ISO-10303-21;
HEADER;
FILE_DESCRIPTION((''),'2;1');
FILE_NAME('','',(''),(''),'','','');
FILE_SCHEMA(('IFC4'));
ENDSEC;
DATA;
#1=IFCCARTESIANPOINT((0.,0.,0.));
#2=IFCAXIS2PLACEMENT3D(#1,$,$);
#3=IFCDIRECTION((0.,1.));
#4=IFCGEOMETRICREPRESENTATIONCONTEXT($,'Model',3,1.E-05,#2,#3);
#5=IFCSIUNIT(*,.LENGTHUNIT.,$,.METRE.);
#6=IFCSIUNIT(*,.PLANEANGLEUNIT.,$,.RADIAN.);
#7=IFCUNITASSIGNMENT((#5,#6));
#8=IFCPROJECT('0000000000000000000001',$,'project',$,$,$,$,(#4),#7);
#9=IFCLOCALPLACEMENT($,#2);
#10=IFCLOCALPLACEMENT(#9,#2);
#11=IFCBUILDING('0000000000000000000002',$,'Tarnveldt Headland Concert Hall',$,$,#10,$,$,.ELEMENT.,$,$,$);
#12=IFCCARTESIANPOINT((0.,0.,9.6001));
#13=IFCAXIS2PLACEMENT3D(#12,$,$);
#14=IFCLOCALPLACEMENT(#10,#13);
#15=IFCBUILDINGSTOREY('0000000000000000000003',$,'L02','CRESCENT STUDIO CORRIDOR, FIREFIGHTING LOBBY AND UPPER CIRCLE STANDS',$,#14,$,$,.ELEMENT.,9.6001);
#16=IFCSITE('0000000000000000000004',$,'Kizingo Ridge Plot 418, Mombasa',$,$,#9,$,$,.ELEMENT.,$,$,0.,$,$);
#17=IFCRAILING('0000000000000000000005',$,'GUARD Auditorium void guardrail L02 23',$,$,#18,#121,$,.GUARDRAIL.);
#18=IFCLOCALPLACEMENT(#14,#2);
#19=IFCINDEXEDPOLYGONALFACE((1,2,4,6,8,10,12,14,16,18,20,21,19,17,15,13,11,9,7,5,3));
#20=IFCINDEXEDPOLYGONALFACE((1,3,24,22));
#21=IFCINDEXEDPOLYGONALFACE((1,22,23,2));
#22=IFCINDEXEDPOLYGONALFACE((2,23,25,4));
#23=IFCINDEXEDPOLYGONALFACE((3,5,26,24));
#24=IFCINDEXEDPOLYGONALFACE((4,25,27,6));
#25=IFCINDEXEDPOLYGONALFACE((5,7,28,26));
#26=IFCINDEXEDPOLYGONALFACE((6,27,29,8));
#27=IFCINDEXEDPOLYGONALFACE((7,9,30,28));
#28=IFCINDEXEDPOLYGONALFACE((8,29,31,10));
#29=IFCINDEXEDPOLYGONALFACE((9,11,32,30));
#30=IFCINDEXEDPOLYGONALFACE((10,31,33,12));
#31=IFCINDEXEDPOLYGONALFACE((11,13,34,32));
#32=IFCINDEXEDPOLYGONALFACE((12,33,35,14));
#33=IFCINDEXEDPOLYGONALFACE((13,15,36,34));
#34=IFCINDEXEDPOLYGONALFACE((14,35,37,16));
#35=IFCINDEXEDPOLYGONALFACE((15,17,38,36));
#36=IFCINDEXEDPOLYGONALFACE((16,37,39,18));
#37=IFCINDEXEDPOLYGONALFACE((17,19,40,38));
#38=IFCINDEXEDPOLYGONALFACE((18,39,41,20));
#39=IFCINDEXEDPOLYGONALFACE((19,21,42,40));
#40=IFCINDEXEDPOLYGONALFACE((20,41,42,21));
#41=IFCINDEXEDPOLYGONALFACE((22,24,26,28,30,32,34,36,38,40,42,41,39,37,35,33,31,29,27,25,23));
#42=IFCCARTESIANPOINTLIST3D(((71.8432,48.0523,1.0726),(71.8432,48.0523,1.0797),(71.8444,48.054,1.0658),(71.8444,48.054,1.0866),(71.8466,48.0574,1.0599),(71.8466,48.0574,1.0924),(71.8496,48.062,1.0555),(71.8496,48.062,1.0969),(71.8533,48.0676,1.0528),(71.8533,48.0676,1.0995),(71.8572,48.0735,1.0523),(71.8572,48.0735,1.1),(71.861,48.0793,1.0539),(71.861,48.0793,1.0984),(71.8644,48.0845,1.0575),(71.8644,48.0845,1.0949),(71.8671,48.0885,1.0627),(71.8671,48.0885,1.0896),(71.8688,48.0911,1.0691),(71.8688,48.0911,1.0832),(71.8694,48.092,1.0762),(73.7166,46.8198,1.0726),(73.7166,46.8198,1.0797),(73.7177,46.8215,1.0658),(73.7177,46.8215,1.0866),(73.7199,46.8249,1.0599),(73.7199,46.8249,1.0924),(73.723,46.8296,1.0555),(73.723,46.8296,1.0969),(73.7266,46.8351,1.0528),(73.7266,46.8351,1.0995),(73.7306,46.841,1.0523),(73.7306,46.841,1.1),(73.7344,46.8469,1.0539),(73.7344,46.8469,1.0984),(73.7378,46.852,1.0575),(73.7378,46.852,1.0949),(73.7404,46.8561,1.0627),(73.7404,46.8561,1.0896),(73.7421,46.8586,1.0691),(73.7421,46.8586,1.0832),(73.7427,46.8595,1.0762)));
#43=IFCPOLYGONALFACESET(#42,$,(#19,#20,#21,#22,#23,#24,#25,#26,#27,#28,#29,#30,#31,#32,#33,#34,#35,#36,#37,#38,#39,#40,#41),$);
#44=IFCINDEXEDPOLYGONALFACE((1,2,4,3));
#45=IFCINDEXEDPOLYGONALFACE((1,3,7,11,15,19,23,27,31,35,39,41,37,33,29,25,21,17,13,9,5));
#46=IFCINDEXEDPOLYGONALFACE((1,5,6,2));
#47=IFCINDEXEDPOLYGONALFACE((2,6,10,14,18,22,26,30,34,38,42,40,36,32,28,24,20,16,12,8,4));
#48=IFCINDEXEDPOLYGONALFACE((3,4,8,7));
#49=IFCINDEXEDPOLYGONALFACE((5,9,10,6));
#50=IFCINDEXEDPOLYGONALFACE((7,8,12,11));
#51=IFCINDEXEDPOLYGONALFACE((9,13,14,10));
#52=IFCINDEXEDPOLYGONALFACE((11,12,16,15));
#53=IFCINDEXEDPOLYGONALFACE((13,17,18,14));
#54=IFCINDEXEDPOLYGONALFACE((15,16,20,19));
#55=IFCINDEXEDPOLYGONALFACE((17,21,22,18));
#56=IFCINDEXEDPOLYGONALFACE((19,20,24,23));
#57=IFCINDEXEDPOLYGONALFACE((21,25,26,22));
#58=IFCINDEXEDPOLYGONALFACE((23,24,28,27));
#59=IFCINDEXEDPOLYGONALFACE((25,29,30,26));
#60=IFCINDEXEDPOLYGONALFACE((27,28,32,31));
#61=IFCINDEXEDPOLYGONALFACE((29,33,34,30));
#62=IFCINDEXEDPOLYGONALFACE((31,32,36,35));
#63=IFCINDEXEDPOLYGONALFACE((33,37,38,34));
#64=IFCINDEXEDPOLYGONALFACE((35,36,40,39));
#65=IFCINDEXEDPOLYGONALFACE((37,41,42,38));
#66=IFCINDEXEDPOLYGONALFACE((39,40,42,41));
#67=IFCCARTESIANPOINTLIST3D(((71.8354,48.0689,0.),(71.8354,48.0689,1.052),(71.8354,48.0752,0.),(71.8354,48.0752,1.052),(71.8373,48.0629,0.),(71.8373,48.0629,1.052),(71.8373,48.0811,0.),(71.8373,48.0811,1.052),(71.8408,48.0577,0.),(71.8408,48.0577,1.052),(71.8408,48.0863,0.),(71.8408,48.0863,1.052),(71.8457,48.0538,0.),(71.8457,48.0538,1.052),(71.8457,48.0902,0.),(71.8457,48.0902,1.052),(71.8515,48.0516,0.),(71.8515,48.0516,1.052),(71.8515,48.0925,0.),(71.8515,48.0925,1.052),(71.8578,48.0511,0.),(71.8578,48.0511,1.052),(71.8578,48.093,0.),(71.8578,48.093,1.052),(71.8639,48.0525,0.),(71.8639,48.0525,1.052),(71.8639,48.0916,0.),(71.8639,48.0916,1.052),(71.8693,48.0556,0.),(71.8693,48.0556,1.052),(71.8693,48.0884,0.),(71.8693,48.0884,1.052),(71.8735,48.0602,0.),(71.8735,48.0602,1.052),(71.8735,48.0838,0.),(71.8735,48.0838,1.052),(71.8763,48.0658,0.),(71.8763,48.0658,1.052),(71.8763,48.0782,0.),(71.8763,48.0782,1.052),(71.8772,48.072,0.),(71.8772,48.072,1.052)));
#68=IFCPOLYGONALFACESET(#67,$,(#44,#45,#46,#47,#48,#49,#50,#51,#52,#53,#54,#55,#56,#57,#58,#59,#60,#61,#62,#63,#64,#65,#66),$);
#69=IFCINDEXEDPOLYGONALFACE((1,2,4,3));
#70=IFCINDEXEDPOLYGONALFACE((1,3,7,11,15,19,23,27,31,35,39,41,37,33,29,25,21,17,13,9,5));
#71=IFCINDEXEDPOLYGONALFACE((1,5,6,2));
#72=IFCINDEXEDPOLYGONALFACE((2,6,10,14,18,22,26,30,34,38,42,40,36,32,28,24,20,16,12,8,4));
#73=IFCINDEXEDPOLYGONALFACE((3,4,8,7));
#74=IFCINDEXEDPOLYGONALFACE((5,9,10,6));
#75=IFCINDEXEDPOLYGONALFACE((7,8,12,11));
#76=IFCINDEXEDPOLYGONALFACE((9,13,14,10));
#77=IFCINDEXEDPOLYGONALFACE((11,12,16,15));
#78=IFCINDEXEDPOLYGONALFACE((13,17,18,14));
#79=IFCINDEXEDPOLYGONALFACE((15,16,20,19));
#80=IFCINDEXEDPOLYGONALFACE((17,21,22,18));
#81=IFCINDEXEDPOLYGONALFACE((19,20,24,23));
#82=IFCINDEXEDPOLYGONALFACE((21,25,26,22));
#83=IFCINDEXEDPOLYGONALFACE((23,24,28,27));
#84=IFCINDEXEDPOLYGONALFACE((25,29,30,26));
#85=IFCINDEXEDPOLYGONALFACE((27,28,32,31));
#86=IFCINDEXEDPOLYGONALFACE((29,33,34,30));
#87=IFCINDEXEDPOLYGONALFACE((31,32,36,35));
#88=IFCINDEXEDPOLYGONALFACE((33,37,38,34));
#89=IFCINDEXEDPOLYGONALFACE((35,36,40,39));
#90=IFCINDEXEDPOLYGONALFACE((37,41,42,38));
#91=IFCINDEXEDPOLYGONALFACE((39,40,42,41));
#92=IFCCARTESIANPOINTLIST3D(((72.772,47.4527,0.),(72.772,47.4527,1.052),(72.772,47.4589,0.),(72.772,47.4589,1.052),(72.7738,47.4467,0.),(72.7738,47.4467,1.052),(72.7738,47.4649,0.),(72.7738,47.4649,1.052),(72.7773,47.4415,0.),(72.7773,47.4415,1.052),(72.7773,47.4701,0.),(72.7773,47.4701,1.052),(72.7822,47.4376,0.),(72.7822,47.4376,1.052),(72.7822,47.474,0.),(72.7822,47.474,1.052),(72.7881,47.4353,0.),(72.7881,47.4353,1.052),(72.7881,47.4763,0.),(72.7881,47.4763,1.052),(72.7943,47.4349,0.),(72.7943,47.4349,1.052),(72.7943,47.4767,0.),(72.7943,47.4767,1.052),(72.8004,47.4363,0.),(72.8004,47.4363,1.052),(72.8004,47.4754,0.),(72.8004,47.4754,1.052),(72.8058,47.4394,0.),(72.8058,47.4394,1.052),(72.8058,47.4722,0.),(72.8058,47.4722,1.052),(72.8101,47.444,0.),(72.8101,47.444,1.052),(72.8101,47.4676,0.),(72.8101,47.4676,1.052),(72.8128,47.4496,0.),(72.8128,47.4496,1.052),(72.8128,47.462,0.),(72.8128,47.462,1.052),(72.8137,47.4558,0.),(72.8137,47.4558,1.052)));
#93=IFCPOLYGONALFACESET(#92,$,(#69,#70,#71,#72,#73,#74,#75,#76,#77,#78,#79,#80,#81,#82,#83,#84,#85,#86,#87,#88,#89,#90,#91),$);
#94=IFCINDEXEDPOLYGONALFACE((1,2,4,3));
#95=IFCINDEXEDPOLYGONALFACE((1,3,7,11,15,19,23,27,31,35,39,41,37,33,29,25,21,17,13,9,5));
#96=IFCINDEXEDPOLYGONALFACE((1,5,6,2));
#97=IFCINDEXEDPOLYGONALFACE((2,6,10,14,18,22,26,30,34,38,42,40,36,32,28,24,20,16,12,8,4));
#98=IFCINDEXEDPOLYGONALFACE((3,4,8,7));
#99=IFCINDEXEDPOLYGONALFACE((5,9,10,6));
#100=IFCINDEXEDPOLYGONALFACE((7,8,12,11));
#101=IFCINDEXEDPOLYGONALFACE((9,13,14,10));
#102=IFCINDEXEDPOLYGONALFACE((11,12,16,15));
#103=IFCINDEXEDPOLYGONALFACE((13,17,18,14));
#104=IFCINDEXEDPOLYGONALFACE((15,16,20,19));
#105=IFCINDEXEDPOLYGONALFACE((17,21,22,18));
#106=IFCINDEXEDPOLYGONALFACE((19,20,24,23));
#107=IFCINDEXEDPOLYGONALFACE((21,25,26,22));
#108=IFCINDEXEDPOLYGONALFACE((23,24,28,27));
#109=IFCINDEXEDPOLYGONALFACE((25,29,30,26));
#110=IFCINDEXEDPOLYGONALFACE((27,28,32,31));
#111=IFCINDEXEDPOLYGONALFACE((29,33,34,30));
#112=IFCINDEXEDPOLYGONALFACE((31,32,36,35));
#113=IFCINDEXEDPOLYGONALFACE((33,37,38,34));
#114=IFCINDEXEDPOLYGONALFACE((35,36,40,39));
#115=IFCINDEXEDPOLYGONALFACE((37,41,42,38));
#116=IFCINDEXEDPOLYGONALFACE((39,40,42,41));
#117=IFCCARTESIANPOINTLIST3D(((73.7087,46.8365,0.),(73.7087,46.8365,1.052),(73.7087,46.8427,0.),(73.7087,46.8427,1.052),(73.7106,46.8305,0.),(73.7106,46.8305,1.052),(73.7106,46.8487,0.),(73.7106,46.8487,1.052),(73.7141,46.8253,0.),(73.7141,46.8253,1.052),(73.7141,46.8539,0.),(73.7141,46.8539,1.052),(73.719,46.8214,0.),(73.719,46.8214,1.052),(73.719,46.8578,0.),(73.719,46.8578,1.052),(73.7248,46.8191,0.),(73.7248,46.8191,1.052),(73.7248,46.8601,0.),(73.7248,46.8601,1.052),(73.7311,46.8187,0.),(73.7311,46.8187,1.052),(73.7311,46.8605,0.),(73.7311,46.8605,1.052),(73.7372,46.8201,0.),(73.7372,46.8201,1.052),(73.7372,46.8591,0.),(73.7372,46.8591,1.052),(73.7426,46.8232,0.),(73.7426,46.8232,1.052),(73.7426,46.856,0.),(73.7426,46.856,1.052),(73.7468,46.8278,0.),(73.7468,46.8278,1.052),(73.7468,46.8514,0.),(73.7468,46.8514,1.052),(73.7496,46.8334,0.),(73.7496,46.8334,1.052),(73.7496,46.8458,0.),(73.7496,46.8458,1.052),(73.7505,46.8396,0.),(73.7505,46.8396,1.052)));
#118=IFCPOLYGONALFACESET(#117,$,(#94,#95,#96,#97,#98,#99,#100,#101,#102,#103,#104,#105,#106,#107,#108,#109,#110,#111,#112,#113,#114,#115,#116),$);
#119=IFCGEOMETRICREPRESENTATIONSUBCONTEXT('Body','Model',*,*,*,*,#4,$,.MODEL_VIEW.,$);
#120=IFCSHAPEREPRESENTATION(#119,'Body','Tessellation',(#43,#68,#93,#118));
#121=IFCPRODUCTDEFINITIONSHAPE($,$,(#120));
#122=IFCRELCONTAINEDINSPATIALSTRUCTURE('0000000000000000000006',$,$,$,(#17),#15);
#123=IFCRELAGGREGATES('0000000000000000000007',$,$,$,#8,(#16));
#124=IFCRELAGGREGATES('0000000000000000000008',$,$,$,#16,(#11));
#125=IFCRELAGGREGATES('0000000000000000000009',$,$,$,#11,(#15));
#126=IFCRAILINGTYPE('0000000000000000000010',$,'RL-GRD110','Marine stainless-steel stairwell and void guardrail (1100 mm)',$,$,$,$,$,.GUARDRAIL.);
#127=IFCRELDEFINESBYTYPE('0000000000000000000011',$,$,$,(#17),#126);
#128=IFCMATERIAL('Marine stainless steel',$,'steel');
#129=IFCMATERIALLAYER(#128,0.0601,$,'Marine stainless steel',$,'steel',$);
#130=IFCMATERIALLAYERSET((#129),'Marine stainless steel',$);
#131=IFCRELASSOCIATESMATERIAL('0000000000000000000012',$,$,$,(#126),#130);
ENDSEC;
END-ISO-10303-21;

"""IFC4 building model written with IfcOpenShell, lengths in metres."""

from ifc_helpers import new_model, si_unit, direction, frame, origin, origin_2d, place, context, subcontext, project, spatial, circle, extrude, material, layer, layer_set, type_object, element, save


model = new_model("IFC4")

# Units and contexts
model_context = context("Model", 3, precision=1e-05, world=origin(), true_north=direction((0.0, 1.0)))
body_context = subcontext(model_context, "Body", "Model", "MODEL_VIEW")
ifc_project = project(units=[si_unit("LENGTHUNIT", "METRE"), si_unit("PLANEANGLEUNIT", "RADIAN")], contexts=[model_context])

# Site, building, storey
site_placement = place(None, origin())
site = spatial("IfcSite", under=ifc_project, at=site_placement, Name="Kizingo Ridge Plot 418, Mombasa", CompositionType="ELEMENT", RefElevation=0.0)
building_placement = place(site_placement, origin())
building = spatial("IfcBuilding", under=site, at=building_placement, Name="Tarnveldt Headland Concert Hall", CompositionType="ELEMENT")
storey_placement = place(building_placement, frame((0.0, 0.0, 9.6001)))
storey = spatial("IfcBuildingStorey", under=building, at=storey_placement, Name="L02", Description="CRESCENT STUDIO CORRIDOR, FIREFIGHTING LOBBY AND UPPER CIRCLE STANDS", CompositionType="ELEMENT", Elevation=9.6001)

# Railing
ifc_material_1 = material(Name="Marine stainless steel", Category="steel")
ifc_layer_1 = layer(ifc_material_1, 0.0601, Name="Marine stainless steel", Category="steel")
ifc_layer_set_1 = layer_set([ifc_layer_1], Name="Marine stainless steel")
railing_type = type_object("IfcRailingType", Name="RL-GRD110", Description="Marine stainless-steel stairwell and void guardrail (1100 mm)", PredefinedType="GUARDRAIL", material=ifc_layer_set_1)
railing_1_placement = place(storey_placement, frame((71.8562, 48.072, 0.0)))
element("IfcRailing", 1, at=railing_1_placement, inside=storey, type_object=railing_type, Name="GUARD Auditorium void guardrail L02 23", PredefinedType="GUARDRAIL", context=body_context, shape_type="SweptSolid", body=[
    extrude(circle(Radius=0.0239, at=origin_2d()), frame((0.0, 0.0, 1.0762), z_axis=(0.835418, -0.549615, 0.0), x_axis=(0.549615, 0.835418, 0.0)), (0.0, 0.0, 1.0), 2.2424),
    extrude(circle(Radius=0.021, at=origin_2d()), origin(), (0.0, 0.0, 1.0), 1.052),
    extrude(circle(Radius=0.021, at=origin_2d()), frame((0.9365, -0.6162, 0.0)), (0.0, 0.0, 1.0), 1.052),
    extrude(circle(Radius=0.021, at=origin_2d()), frame((1.8733, -1.2324, 0.0)), (0.0, 0.0, 1.0), 1.052),
])

save(model, "model.ifc")
